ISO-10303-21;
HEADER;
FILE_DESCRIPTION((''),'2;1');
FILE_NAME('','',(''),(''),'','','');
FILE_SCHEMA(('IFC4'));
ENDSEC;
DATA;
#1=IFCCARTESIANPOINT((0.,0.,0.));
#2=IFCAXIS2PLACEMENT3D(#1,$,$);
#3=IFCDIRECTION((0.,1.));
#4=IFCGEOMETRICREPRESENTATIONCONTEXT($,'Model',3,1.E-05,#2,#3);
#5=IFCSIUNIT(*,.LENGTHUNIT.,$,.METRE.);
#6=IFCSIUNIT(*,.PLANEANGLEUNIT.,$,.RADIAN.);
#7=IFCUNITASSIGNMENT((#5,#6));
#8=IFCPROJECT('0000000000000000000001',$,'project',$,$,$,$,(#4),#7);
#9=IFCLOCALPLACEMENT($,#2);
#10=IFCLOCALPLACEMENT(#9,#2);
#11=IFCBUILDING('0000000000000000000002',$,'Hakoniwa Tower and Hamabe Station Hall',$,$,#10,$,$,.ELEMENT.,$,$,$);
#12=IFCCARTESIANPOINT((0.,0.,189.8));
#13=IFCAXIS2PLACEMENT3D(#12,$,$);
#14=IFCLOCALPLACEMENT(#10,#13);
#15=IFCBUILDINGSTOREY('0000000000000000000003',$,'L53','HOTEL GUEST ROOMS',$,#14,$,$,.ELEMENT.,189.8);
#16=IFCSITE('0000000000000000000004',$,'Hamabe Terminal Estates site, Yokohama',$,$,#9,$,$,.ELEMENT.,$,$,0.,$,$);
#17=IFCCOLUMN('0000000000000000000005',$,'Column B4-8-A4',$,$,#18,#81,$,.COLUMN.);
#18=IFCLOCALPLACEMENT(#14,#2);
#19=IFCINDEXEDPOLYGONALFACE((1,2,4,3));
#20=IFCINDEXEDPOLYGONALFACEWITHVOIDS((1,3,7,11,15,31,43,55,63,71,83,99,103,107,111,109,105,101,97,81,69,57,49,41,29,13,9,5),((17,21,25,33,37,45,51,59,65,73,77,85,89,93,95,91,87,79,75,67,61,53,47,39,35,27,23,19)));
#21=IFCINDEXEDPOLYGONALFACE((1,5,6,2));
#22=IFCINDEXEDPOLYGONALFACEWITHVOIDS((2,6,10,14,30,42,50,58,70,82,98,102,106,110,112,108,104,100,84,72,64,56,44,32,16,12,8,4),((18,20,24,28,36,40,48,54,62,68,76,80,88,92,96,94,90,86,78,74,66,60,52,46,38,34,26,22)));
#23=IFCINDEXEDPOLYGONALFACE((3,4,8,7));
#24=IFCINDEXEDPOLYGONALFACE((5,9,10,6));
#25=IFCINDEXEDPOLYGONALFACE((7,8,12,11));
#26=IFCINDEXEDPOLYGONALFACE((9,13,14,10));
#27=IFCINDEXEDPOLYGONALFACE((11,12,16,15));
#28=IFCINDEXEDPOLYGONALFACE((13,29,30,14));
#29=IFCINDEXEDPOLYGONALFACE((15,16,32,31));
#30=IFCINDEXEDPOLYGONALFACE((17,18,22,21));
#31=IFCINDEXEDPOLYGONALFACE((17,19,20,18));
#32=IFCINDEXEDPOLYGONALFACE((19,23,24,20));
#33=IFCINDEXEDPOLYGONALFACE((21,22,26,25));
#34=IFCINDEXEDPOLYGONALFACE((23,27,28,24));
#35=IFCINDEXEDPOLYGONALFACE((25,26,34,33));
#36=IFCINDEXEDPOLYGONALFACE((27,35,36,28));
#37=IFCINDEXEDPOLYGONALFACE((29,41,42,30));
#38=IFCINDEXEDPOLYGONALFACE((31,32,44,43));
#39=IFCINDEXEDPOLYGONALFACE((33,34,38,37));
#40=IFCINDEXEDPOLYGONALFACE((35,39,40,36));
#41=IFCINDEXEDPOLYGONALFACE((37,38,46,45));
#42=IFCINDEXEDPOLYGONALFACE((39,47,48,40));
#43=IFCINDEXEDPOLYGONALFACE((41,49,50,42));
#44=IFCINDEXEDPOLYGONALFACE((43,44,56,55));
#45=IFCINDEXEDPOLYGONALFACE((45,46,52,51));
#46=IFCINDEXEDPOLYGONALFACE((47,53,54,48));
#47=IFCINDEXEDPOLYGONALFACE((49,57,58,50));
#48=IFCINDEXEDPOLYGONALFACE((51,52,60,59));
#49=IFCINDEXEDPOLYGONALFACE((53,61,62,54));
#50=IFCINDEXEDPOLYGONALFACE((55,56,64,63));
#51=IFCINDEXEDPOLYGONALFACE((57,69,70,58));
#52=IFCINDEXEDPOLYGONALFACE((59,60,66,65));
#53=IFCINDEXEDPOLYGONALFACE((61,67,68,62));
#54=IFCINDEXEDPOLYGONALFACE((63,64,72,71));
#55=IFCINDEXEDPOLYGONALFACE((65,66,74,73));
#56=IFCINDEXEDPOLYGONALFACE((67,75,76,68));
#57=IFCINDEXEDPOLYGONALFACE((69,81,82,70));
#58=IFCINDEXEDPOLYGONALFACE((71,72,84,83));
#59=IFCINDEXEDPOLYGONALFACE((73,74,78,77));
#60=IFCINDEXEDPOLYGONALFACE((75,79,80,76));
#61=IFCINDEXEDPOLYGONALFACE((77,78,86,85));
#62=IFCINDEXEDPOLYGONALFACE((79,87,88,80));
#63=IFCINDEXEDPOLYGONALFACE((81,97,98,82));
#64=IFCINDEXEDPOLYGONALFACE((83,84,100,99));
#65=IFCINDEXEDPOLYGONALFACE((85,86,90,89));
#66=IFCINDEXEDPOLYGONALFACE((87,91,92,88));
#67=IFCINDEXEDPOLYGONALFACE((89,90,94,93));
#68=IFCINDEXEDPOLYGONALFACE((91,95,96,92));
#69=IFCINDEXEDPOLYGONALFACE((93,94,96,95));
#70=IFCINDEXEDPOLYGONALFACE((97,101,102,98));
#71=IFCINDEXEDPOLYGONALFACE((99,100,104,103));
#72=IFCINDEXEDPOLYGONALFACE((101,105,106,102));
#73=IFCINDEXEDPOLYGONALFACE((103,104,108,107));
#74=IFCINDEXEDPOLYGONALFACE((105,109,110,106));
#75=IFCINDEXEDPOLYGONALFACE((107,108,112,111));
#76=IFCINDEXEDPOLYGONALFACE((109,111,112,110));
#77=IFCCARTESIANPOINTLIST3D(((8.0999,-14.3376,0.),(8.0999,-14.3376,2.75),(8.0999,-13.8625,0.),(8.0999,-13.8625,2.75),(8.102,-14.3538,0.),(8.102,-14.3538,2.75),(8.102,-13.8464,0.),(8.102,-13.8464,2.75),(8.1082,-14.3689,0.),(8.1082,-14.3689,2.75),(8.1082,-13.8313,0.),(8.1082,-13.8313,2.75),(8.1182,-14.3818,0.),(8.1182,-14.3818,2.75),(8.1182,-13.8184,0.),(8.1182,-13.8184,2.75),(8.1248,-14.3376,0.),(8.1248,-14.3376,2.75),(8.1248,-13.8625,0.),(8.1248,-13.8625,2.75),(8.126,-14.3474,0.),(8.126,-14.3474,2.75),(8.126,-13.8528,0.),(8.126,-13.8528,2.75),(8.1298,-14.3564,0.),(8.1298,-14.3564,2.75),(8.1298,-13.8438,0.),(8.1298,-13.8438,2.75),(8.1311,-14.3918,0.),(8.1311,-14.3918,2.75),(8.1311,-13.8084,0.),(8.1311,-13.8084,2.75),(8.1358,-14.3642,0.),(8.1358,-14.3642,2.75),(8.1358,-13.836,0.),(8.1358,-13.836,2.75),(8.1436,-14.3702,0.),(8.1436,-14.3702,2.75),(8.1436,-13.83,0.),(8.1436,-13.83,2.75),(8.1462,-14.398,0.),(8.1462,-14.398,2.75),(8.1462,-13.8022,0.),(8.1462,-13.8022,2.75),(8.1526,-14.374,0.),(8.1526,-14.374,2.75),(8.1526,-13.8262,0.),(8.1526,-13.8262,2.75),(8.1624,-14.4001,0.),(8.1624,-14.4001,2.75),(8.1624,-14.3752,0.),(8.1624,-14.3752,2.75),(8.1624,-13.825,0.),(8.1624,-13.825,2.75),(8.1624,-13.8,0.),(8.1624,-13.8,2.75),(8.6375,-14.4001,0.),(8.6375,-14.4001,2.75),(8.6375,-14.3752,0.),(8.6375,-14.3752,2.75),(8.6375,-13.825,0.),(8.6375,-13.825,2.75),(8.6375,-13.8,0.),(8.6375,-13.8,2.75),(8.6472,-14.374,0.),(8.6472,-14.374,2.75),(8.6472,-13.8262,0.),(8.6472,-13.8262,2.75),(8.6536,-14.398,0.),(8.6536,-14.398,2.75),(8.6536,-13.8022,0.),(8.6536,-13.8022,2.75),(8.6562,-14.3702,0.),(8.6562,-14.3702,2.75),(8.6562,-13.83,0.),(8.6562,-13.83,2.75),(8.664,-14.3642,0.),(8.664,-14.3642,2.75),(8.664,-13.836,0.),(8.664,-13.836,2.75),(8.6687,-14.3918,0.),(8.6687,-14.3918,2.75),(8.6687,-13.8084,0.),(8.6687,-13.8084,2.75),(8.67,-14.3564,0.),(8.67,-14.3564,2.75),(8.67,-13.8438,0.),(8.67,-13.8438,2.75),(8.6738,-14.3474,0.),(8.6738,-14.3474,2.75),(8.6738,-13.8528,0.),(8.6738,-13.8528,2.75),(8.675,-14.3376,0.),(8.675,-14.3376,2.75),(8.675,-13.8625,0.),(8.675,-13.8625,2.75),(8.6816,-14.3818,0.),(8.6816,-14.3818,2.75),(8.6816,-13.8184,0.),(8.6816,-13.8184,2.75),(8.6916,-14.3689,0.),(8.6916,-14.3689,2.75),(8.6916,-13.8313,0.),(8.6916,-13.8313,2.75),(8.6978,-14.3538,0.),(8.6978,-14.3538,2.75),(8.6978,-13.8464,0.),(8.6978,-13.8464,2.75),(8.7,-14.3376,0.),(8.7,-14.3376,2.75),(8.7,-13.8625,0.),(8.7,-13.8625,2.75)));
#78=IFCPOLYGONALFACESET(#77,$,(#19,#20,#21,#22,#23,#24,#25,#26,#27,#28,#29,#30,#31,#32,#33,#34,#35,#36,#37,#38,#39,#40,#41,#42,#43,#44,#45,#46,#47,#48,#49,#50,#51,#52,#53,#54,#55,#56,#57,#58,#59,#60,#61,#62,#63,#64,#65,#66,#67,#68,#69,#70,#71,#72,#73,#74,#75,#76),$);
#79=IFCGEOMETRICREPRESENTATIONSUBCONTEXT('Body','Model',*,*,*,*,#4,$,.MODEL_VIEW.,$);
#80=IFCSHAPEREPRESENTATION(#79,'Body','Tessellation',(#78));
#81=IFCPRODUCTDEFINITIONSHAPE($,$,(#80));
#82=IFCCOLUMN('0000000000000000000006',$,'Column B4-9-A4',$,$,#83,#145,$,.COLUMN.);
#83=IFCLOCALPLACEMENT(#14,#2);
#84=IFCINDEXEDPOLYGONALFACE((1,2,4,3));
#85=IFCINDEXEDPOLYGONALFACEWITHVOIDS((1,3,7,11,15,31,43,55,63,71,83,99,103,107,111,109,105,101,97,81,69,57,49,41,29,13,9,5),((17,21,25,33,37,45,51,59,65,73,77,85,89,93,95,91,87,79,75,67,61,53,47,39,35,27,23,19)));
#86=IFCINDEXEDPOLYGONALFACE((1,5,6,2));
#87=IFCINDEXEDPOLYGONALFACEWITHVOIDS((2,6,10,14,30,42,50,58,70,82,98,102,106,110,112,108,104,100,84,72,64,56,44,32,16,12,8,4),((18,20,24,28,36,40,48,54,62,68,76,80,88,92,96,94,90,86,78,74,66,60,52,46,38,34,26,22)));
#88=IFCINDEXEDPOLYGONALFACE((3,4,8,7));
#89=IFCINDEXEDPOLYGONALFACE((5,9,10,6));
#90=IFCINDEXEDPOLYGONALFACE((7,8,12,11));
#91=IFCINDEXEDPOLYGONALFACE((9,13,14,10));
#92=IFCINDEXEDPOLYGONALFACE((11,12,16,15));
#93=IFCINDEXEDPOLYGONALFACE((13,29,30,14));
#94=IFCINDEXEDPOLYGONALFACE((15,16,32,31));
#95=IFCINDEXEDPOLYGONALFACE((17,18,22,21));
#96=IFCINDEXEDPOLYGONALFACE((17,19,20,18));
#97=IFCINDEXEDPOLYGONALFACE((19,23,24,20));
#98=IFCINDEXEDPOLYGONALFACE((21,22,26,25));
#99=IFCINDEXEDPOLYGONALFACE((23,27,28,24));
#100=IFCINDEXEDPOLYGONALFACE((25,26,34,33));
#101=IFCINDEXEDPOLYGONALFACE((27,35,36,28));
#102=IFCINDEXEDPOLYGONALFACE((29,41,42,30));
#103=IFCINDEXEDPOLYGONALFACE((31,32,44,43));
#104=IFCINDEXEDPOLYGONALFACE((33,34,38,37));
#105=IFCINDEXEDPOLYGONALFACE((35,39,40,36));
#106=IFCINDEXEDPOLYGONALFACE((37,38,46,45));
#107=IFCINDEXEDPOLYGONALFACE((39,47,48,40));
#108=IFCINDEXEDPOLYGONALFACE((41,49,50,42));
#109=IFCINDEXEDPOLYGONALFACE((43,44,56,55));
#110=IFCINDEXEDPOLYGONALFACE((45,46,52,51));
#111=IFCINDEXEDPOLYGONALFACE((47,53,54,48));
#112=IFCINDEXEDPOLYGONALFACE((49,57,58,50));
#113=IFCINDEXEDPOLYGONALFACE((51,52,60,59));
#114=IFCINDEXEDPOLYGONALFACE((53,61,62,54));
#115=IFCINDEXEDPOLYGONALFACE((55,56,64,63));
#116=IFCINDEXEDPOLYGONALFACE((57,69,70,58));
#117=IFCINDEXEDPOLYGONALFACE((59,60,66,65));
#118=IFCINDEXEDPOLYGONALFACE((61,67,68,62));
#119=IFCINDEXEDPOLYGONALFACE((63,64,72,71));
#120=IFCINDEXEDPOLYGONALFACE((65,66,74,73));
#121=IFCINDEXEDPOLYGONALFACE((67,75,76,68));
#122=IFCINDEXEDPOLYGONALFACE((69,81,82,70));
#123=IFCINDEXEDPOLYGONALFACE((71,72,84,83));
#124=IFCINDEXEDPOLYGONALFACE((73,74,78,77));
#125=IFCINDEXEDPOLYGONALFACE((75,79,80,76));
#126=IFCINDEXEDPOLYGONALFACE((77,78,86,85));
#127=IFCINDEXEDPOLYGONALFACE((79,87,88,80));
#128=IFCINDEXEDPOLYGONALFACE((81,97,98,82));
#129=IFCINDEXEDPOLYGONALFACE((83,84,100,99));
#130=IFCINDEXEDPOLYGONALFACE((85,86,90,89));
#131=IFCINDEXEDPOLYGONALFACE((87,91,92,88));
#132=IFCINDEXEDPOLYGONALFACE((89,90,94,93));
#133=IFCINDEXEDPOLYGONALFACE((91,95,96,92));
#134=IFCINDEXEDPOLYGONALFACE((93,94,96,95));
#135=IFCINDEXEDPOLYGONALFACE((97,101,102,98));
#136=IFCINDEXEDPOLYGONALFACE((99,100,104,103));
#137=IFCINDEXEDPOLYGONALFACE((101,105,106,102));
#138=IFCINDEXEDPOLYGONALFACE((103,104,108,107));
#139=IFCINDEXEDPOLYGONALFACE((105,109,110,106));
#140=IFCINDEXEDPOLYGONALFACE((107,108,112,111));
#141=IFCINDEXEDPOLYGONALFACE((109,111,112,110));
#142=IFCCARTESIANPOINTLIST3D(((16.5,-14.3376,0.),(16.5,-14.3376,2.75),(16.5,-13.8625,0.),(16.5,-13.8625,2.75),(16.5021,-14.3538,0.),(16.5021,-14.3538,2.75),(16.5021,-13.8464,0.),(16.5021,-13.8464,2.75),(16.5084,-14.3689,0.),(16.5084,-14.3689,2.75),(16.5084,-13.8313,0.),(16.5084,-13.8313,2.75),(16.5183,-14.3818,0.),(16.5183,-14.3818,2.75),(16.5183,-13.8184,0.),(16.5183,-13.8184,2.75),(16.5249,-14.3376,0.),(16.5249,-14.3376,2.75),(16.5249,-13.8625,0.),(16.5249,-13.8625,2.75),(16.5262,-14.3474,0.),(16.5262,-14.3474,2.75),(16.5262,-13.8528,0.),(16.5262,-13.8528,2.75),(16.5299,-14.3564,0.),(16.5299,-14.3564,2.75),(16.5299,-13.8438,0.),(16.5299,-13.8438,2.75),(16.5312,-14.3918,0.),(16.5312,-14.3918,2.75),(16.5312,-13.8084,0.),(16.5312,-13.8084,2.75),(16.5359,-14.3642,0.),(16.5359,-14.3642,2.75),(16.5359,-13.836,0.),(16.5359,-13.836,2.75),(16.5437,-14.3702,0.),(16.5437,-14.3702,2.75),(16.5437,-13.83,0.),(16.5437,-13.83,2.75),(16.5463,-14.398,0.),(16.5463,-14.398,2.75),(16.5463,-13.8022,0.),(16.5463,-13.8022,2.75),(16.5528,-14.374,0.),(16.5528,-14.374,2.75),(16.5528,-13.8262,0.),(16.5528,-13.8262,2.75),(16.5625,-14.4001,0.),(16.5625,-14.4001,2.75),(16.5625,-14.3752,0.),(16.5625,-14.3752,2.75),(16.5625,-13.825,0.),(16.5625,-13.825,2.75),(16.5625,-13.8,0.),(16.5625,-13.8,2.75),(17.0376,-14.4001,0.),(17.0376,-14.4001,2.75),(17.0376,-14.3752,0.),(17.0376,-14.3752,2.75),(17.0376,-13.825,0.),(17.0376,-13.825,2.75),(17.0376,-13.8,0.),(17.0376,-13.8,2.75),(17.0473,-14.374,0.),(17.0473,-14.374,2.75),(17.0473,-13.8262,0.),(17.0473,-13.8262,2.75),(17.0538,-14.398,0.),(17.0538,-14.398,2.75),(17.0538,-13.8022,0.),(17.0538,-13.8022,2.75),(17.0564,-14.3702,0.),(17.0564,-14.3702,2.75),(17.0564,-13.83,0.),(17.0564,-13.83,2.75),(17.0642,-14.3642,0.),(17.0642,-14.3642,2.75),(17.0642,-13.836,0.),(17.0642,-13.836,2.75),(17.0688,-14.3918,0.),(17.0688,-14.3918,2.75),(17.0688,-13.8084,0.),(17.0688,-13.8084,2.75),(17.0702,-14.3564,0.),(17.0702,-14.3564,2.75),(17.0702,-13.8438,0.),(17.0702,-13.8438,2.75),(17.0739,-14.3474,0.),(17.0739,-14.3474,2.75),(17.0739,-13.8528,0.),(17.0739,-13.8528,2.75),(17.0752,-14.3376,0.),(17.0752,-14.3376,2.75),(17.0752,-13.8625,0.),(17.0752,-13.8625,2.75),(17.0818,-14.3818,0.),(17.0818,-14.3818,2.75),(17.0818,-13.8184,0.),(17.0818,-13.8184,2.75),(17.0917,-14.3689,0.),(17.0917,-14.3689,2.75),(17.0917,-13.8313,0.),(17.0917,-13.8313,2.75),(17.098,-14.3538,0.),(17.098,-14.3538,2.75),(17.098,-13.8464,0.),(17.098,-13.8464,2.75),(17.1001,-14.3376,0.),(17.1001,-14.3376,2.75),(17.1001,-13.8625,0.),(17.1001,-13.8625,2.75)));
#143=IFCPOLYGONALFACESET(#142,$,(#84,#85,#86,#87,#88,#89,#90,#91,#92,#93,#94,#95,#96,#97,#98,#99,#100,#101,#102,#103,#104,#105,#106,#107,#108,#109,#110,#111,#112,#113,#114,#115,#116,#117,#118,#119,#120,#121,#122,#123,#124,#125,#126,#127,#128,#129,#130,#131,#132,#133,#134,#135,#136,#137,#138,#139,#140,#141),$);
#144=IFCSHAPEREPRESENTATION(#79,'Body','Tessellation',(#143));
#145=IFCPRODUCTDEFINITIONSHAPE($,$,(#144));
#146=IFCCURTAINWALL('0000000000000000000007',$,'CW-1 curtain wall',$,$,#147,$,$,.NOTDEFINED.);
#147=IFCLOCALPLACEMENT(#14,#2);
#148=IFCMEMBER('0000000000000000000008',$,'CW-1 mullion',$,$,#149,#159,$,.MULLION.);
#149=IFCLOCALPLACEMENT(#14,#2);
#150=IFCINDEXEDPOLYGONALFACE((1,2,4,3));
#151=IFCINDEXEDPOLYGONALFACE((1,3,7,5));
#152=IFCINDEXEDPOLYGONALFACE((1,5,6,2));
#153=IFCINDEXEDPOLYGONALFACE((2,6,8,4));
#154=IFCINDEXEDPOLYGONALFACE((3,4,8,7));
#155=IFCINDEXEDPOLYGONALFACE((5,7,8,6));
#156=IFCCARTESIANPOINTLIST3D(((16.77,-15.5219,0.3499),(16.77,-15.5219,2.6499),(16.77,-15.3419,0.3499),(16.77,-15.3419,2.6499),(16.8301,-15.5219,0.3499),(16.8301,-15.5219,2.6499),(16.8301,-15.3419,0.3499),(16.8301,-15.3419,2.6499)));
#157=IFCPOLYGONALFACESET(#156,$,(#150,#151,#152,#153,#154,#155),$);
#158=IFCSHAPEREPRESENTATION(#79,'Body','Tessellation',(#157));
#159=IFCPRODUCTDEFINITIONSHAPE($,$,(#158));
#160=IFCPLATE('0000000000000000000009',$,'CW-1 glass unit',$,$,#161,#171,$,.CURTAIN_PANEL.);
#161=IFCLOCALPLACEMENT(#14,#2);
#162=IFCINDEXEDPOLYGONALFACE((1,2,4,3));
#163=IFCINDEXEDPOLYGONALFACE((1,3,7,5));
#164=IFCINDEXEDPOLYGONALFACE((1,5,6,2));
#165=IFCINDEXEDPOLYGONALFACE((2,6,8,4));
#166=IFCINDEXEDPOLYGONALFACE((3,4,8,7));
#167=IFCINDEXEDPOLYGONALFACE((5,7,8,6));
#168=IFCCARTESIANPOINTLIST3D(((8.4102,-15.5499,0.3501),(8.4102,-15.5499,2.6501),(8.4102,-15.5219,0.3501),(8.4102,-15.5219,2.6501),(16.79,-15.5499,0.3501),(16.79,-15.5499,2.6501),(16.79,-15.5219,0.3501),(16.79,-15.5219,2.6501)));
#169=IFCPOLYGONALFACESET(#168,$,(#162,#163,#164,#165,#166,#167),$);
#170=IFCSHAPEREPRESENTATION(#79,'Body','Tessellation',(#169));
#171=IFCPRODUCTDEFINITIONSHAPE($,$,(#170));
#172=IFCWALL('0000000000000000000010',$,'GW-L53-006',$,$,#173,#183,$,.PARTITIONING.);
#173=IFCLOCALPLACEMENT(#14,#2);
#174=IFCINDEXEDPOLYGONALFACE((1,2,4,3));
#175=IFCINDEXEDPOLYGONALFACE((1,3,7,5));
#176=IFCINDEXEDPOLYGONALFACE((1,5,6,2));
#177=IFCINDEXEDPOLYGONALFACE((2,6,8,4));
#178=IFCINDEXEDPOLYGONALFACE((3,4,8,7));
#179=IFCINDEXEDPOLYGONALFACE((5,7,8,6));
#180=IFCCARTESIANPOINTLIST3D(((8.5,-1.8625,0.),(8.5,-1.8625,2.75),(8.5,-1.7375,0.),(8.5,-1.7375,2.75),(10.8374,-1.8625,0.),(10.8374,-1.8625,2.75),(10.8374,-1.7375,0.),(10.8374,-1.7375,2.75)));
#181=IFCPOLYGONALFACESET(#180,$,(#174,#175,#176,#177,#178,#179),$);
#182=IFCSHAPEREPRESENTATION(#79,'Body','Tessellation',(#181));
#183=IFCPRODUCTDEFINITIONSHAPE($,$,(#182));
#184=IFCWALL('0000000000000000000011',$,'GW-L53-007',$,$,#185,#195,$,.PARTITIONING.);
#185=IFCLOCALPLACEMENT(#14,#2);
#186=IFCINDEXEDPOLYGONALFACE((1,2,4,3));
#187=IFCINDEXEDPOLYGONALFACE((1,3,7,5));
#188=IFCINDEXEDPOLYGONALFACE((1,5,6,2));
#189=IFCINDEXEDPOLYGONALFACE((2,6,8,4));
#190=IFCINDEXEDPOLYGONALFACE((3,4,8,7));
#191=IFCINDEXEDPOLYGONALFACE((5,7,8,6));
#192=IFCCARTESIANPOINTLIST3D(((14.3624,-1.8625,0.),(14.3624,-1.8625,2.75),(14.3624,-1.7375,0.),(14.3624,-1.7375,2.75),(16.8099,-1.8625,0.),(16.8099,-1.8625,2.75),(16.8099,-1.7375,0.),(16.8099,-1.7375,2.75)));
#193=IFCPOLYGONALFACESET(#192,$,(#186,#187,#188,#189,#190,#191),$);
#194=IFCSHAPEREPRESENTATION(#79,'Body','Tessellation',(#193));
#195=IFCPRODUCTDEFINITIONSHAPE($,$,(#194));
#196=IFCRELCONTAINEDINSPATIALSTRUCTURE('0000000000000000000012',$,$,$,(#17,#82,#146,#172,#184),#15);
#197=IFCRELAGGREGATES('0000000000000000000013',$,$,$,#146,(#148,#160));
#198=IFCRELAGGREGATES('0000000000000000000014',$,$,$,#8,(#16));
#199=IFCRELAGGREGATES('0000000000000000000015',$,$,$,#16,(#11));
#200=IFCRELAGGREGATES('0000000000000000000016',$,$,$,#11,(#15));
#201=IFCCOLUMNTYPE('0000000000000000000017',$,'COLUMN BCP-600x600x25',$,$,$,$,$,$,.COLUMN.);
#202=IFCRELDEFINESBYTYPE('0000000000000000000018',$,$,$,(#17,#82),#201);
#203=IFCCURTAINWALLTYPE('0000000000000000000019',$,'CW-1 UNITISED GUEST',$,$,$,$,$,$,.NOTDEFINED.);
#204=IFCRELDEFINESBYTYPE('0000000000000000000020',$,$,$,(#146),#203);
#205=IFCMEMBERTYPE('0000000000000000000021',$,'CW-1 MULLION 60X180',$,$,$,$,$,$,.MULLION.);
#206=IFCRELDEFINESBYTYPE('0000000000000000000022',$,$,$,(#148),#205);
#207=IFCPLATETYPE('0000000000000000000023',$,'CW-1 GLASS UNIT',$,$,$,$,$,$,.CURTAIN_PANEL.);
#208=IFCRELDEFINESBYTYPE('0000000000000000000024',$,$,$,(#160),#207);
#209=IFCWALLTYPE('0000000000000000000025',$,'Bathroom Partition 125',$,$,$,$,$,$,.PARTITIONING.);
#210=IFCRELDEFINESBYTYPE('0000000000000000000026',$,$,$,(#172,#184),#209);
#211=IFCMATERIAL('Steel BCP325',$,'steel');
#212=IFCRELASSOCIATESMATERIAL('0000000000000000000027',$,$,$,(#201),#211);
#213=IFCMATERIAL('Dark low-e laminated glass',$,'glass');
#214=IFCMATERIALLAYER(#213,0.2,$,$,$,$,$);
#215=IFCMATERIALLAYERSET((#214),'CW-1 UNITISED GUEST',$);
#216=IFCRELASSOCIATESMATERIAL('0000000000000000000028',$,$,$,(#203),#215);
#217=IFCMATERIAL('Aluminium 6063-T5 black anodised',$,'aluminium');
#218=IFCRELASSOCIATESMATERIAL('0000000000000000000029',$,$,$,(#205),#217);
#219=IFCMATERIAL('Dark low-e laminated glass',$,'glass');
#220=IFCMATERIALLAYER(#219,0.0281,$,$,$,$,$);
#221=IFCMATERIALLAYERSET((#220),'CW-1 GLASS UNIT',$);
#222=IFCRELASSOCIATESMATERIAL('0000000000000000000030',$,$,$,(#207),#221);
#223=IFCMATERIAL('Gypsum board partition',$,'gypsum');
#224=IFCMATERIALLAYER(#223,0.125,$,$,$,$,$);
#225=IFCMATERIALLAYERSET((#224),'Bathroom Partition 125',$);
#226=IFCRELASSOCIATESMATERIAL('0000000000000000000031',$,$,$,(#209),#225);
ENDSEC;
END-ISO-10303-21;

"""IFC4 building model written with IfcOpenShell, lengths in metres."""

from ifc_helpers import new_model, si_unit, direction, frame, frame_2d, origin, origin_2d, place, context, subcontext, project, spatial, rectangle, hollow_rectangle, extrude, material, layer, layer_set, material_profile, profile_set, type_object, element, aggregate, save


model = new_model("IFC4")

# Units and contexts
model_context = context("Model", 3, precision=1e-05, world=origin(), true_north=direction((0.0, 1.0)))
body_context = subcontext(model_context, "Body", "Model", "MODEL_VIEW")
ifc_project = project(units=[si_unit("LENGTHUNIT", "METRE"), si_unit("PLANEANGLEUNIT", "RADIAN")], contexts=[model_context])

# Site, building, storey
site_placement = place(None, origin())
site = spatial("IfcSite", under=ifc_project, at=site_placement, Name="Hamabe Terminal Estates site, Yokohama", CompositionType="ELEMENT", RefElevation=0.0)
building_placement = place(site_placement, origin())
building = spatial("IfcBuilding", under=site, at=building_placement, Name="Hakoniwa Tower and Hamabe Station Hall", CompositionType="ELEMENT")
storey_placement = place(building_placement, frame((0.0, 0.0, 189.8)))
storey = spatial("IfcBuildingStorey", under=building, at=storey_placement, Name="L53", Description="HOTEL GUEST ROOMS", CompositionType="ELEMENT", Elevation=189.8)

# Columns
ifc_material_1 = material(Name="Steel BCP325", Category="steel")
ifc_material_profile_1 = material_profile(ifc_material_1, hollow_rectangle(XDim=0.6001, YDim=0.6001, WallThickness=0.0249, InnerFilletRadius=0.0376, OuterFilletRadius=0.0625, at=origin_2d()), Name="BCP-600x600x25")
ifc_profile_set_1 = profile_set([ifc_material_profile_1], Name="Steel BCP325")
column_type = type_object("IfcColumnType", Name="COLUMN BCP-600x600x25", PredefinedType="COLUMN", material=ifc_profile_set_1)
for number, where, z_axis, x_axis, name in (
    (1, (8.3999, -14.1001, 0.0), (0.0, 0.0, 1.0), (1.0, 0.0, 0.0), "Column B4-8-A4"),
    (2, (16.8, -14.1001, 0.0), (0.0, 0.0, 1.0), (1.0, 0.0, 0.0), "Column B4-9-A4"),
):
    element("IfcColumn", number, at=place(storey_placement, frame(where, z_axis=z_axis, x_axis=x_axis)), inside=storey, type_object=column_type, Name=name, PredefinedType="COLUMN", context=body_context, shape_type="SweptSolid", body=[
        extrude(hollow_rectangle(XDim=0.6001, YDim=0.6001, WallThickness=0.0249, InnerFilletRadius=0.0376, OuterFilletRadius=0.0625, at=origin_2d()), origin(), (0.0, 0.0, 1.0), 2.75),
    ])

# Curtain wall, member, plate
ifc_material_2 = material(Name="Dark low-e laminated glass", Category="glass")
ifc_layer_1 = layer(ifc_material_2, 0.2)
ifc_layer_set_1 = layer_set([ifc_layer_1], Name="CW-1 UNITISED GUEST")
curtain_wall_type = type_object("IfcCurtainWallType", Name="CW-1 UNITISED GUEST", PredefinedType="NOTDEFINED", material=ifc_layer_set_1)
curtain_wall_placement = place(storey_placement, origin())
curtain_wall = element("IfcCurtainWall", 3, at=curtain_wall_placement, inside=storey, type_object=curtain_wall_type, Name="CW-1 curtain wall", PredefinedType="NOTDEFINED")
ifc_material_3 = material(Name="Aluminium 6063-T5 black anodised", Category="aluminium")
ifc_material_profile_2 = material_profile(ifc_material_3, rectangle(XDim=0.0601, YDim=0.1799, at=origin_2d()), Name="CW-1 MULLION 60X180")
ifc_profile_set_2 = profile_set([ifc_material_profile_2], Name="Aluminium 6063-T5 black anodised")
member_type = type_object("IfcMemberType", Name="CW-1 MULLION 60X180", PredefinedType="MULLION", material=ifc_profile_set_2)
member_placement = place(storey_placement, frame((16.8, -15.4319, 0.3499), z_axis=(0.0, 0.0, 1.0), x_axis=(1.0, 0.0, 0.0)))
member = element("IfcMember", 4, at=member_placement, type_object=member_type, Name="CW-1 mullion", PredefinedType="MULLION", context=body_context, shape_type="SweptSolid", body=[
    extrude(rectangle(XDim=0.0601, YDim=0.1799, at=origin_2d()), origin(), (0.0, 0.0, 1.0), 2.3),
])
ifc_material_4 = material(Name="Dark low-e laminated glass", Category="glass")
ifc_layer_2 = layer(ifc_material_4, 0.0281)
ifc_layer_set_2 = layer_set([ifc_layer_2], Name="CW-1 GLASS UNIT")
plate_type = type_object("IfcPlateType", Name="CW-1 GLASS UNIT", PredefinedType="CURTAIN_PANEL", material=ifc_layer_set_2)
plate_placement = place(storey_placement, frame((12.6001, -15.5359, 0.3501), z_axis=(0.0, 0.0, 1.0), x_axis=(1.0, 0.0, 0.0)))
plate = element("IfcPlate", 5, at=plate_placement, type_object=plate_type, Name="CW-1 glass unit", PredefinedType="CURTAIN_PANEL", context=body_context, shape_type="SweptSolid", body=[
    extrude(rectangle(XDim=8.3799, YDim=0.0281, at=origin_2d()), origin(), (0.0, 0.0, 1.0), 2.3),
])
aggregate(curtain_wall, [member, plate])

# Walls
ifc_material_5 = material(Name="Gypsum board partition", Category="gypsum")
ifc_layer_3 = layer(ifc_material_5, 0.125)
ifc_layer_set_3 = layer_set([ifc_layer_3], Name="Bathroom Partition 125")
wall_type_1 = type_object("IfcWallType", Name="Bathroom Partition 125", PredefinedType="PARTITIONING", material=ifc_layer_set_3)
wall_1_placement = place(storey_placement, frame((8.5, -1.8, 0.0), z_axis=(0.0, 0.0, 1.0), x_axis=(1.0, 0.0, 0.0)))
element("IfcWall", 6, at=wall_1_placement, inside=storey, type_object=wall_type_1, Name="GW-L53-006", PredefinedType="PARTITIONING", context=body_context, shape_type="SweptSolid", body=[
    extrude(rectangle(XDim=2.3374, YDim=0.125, at=frame_2d((1.1687, 0.0))), origin(), (0.0, 0.0, 1.0), 2.75),
])
wall_2_placement = place(storey_placement, frame((14.3625, -1.8, 0.0), z_axis=(0.0, 0.0, 1.0), x_axis=(1.0, 0.0, 0.0)))
element("IfcWall", 7, at=wall_2_placement, inside=storey, type_object=wall_type_1, Name="GW-L53-007", PredefinedType="PARTITIONING", context=body_context, shape_type="SweptSolid", body=[
    extrude(rectangle(XDim=2.4475, YDim=0.125, at=frame_2d((1.2236, 0.0))), origin(), (0.0, 0.0, 1.0), 2.75),
])

save(model, "model.ifc")
